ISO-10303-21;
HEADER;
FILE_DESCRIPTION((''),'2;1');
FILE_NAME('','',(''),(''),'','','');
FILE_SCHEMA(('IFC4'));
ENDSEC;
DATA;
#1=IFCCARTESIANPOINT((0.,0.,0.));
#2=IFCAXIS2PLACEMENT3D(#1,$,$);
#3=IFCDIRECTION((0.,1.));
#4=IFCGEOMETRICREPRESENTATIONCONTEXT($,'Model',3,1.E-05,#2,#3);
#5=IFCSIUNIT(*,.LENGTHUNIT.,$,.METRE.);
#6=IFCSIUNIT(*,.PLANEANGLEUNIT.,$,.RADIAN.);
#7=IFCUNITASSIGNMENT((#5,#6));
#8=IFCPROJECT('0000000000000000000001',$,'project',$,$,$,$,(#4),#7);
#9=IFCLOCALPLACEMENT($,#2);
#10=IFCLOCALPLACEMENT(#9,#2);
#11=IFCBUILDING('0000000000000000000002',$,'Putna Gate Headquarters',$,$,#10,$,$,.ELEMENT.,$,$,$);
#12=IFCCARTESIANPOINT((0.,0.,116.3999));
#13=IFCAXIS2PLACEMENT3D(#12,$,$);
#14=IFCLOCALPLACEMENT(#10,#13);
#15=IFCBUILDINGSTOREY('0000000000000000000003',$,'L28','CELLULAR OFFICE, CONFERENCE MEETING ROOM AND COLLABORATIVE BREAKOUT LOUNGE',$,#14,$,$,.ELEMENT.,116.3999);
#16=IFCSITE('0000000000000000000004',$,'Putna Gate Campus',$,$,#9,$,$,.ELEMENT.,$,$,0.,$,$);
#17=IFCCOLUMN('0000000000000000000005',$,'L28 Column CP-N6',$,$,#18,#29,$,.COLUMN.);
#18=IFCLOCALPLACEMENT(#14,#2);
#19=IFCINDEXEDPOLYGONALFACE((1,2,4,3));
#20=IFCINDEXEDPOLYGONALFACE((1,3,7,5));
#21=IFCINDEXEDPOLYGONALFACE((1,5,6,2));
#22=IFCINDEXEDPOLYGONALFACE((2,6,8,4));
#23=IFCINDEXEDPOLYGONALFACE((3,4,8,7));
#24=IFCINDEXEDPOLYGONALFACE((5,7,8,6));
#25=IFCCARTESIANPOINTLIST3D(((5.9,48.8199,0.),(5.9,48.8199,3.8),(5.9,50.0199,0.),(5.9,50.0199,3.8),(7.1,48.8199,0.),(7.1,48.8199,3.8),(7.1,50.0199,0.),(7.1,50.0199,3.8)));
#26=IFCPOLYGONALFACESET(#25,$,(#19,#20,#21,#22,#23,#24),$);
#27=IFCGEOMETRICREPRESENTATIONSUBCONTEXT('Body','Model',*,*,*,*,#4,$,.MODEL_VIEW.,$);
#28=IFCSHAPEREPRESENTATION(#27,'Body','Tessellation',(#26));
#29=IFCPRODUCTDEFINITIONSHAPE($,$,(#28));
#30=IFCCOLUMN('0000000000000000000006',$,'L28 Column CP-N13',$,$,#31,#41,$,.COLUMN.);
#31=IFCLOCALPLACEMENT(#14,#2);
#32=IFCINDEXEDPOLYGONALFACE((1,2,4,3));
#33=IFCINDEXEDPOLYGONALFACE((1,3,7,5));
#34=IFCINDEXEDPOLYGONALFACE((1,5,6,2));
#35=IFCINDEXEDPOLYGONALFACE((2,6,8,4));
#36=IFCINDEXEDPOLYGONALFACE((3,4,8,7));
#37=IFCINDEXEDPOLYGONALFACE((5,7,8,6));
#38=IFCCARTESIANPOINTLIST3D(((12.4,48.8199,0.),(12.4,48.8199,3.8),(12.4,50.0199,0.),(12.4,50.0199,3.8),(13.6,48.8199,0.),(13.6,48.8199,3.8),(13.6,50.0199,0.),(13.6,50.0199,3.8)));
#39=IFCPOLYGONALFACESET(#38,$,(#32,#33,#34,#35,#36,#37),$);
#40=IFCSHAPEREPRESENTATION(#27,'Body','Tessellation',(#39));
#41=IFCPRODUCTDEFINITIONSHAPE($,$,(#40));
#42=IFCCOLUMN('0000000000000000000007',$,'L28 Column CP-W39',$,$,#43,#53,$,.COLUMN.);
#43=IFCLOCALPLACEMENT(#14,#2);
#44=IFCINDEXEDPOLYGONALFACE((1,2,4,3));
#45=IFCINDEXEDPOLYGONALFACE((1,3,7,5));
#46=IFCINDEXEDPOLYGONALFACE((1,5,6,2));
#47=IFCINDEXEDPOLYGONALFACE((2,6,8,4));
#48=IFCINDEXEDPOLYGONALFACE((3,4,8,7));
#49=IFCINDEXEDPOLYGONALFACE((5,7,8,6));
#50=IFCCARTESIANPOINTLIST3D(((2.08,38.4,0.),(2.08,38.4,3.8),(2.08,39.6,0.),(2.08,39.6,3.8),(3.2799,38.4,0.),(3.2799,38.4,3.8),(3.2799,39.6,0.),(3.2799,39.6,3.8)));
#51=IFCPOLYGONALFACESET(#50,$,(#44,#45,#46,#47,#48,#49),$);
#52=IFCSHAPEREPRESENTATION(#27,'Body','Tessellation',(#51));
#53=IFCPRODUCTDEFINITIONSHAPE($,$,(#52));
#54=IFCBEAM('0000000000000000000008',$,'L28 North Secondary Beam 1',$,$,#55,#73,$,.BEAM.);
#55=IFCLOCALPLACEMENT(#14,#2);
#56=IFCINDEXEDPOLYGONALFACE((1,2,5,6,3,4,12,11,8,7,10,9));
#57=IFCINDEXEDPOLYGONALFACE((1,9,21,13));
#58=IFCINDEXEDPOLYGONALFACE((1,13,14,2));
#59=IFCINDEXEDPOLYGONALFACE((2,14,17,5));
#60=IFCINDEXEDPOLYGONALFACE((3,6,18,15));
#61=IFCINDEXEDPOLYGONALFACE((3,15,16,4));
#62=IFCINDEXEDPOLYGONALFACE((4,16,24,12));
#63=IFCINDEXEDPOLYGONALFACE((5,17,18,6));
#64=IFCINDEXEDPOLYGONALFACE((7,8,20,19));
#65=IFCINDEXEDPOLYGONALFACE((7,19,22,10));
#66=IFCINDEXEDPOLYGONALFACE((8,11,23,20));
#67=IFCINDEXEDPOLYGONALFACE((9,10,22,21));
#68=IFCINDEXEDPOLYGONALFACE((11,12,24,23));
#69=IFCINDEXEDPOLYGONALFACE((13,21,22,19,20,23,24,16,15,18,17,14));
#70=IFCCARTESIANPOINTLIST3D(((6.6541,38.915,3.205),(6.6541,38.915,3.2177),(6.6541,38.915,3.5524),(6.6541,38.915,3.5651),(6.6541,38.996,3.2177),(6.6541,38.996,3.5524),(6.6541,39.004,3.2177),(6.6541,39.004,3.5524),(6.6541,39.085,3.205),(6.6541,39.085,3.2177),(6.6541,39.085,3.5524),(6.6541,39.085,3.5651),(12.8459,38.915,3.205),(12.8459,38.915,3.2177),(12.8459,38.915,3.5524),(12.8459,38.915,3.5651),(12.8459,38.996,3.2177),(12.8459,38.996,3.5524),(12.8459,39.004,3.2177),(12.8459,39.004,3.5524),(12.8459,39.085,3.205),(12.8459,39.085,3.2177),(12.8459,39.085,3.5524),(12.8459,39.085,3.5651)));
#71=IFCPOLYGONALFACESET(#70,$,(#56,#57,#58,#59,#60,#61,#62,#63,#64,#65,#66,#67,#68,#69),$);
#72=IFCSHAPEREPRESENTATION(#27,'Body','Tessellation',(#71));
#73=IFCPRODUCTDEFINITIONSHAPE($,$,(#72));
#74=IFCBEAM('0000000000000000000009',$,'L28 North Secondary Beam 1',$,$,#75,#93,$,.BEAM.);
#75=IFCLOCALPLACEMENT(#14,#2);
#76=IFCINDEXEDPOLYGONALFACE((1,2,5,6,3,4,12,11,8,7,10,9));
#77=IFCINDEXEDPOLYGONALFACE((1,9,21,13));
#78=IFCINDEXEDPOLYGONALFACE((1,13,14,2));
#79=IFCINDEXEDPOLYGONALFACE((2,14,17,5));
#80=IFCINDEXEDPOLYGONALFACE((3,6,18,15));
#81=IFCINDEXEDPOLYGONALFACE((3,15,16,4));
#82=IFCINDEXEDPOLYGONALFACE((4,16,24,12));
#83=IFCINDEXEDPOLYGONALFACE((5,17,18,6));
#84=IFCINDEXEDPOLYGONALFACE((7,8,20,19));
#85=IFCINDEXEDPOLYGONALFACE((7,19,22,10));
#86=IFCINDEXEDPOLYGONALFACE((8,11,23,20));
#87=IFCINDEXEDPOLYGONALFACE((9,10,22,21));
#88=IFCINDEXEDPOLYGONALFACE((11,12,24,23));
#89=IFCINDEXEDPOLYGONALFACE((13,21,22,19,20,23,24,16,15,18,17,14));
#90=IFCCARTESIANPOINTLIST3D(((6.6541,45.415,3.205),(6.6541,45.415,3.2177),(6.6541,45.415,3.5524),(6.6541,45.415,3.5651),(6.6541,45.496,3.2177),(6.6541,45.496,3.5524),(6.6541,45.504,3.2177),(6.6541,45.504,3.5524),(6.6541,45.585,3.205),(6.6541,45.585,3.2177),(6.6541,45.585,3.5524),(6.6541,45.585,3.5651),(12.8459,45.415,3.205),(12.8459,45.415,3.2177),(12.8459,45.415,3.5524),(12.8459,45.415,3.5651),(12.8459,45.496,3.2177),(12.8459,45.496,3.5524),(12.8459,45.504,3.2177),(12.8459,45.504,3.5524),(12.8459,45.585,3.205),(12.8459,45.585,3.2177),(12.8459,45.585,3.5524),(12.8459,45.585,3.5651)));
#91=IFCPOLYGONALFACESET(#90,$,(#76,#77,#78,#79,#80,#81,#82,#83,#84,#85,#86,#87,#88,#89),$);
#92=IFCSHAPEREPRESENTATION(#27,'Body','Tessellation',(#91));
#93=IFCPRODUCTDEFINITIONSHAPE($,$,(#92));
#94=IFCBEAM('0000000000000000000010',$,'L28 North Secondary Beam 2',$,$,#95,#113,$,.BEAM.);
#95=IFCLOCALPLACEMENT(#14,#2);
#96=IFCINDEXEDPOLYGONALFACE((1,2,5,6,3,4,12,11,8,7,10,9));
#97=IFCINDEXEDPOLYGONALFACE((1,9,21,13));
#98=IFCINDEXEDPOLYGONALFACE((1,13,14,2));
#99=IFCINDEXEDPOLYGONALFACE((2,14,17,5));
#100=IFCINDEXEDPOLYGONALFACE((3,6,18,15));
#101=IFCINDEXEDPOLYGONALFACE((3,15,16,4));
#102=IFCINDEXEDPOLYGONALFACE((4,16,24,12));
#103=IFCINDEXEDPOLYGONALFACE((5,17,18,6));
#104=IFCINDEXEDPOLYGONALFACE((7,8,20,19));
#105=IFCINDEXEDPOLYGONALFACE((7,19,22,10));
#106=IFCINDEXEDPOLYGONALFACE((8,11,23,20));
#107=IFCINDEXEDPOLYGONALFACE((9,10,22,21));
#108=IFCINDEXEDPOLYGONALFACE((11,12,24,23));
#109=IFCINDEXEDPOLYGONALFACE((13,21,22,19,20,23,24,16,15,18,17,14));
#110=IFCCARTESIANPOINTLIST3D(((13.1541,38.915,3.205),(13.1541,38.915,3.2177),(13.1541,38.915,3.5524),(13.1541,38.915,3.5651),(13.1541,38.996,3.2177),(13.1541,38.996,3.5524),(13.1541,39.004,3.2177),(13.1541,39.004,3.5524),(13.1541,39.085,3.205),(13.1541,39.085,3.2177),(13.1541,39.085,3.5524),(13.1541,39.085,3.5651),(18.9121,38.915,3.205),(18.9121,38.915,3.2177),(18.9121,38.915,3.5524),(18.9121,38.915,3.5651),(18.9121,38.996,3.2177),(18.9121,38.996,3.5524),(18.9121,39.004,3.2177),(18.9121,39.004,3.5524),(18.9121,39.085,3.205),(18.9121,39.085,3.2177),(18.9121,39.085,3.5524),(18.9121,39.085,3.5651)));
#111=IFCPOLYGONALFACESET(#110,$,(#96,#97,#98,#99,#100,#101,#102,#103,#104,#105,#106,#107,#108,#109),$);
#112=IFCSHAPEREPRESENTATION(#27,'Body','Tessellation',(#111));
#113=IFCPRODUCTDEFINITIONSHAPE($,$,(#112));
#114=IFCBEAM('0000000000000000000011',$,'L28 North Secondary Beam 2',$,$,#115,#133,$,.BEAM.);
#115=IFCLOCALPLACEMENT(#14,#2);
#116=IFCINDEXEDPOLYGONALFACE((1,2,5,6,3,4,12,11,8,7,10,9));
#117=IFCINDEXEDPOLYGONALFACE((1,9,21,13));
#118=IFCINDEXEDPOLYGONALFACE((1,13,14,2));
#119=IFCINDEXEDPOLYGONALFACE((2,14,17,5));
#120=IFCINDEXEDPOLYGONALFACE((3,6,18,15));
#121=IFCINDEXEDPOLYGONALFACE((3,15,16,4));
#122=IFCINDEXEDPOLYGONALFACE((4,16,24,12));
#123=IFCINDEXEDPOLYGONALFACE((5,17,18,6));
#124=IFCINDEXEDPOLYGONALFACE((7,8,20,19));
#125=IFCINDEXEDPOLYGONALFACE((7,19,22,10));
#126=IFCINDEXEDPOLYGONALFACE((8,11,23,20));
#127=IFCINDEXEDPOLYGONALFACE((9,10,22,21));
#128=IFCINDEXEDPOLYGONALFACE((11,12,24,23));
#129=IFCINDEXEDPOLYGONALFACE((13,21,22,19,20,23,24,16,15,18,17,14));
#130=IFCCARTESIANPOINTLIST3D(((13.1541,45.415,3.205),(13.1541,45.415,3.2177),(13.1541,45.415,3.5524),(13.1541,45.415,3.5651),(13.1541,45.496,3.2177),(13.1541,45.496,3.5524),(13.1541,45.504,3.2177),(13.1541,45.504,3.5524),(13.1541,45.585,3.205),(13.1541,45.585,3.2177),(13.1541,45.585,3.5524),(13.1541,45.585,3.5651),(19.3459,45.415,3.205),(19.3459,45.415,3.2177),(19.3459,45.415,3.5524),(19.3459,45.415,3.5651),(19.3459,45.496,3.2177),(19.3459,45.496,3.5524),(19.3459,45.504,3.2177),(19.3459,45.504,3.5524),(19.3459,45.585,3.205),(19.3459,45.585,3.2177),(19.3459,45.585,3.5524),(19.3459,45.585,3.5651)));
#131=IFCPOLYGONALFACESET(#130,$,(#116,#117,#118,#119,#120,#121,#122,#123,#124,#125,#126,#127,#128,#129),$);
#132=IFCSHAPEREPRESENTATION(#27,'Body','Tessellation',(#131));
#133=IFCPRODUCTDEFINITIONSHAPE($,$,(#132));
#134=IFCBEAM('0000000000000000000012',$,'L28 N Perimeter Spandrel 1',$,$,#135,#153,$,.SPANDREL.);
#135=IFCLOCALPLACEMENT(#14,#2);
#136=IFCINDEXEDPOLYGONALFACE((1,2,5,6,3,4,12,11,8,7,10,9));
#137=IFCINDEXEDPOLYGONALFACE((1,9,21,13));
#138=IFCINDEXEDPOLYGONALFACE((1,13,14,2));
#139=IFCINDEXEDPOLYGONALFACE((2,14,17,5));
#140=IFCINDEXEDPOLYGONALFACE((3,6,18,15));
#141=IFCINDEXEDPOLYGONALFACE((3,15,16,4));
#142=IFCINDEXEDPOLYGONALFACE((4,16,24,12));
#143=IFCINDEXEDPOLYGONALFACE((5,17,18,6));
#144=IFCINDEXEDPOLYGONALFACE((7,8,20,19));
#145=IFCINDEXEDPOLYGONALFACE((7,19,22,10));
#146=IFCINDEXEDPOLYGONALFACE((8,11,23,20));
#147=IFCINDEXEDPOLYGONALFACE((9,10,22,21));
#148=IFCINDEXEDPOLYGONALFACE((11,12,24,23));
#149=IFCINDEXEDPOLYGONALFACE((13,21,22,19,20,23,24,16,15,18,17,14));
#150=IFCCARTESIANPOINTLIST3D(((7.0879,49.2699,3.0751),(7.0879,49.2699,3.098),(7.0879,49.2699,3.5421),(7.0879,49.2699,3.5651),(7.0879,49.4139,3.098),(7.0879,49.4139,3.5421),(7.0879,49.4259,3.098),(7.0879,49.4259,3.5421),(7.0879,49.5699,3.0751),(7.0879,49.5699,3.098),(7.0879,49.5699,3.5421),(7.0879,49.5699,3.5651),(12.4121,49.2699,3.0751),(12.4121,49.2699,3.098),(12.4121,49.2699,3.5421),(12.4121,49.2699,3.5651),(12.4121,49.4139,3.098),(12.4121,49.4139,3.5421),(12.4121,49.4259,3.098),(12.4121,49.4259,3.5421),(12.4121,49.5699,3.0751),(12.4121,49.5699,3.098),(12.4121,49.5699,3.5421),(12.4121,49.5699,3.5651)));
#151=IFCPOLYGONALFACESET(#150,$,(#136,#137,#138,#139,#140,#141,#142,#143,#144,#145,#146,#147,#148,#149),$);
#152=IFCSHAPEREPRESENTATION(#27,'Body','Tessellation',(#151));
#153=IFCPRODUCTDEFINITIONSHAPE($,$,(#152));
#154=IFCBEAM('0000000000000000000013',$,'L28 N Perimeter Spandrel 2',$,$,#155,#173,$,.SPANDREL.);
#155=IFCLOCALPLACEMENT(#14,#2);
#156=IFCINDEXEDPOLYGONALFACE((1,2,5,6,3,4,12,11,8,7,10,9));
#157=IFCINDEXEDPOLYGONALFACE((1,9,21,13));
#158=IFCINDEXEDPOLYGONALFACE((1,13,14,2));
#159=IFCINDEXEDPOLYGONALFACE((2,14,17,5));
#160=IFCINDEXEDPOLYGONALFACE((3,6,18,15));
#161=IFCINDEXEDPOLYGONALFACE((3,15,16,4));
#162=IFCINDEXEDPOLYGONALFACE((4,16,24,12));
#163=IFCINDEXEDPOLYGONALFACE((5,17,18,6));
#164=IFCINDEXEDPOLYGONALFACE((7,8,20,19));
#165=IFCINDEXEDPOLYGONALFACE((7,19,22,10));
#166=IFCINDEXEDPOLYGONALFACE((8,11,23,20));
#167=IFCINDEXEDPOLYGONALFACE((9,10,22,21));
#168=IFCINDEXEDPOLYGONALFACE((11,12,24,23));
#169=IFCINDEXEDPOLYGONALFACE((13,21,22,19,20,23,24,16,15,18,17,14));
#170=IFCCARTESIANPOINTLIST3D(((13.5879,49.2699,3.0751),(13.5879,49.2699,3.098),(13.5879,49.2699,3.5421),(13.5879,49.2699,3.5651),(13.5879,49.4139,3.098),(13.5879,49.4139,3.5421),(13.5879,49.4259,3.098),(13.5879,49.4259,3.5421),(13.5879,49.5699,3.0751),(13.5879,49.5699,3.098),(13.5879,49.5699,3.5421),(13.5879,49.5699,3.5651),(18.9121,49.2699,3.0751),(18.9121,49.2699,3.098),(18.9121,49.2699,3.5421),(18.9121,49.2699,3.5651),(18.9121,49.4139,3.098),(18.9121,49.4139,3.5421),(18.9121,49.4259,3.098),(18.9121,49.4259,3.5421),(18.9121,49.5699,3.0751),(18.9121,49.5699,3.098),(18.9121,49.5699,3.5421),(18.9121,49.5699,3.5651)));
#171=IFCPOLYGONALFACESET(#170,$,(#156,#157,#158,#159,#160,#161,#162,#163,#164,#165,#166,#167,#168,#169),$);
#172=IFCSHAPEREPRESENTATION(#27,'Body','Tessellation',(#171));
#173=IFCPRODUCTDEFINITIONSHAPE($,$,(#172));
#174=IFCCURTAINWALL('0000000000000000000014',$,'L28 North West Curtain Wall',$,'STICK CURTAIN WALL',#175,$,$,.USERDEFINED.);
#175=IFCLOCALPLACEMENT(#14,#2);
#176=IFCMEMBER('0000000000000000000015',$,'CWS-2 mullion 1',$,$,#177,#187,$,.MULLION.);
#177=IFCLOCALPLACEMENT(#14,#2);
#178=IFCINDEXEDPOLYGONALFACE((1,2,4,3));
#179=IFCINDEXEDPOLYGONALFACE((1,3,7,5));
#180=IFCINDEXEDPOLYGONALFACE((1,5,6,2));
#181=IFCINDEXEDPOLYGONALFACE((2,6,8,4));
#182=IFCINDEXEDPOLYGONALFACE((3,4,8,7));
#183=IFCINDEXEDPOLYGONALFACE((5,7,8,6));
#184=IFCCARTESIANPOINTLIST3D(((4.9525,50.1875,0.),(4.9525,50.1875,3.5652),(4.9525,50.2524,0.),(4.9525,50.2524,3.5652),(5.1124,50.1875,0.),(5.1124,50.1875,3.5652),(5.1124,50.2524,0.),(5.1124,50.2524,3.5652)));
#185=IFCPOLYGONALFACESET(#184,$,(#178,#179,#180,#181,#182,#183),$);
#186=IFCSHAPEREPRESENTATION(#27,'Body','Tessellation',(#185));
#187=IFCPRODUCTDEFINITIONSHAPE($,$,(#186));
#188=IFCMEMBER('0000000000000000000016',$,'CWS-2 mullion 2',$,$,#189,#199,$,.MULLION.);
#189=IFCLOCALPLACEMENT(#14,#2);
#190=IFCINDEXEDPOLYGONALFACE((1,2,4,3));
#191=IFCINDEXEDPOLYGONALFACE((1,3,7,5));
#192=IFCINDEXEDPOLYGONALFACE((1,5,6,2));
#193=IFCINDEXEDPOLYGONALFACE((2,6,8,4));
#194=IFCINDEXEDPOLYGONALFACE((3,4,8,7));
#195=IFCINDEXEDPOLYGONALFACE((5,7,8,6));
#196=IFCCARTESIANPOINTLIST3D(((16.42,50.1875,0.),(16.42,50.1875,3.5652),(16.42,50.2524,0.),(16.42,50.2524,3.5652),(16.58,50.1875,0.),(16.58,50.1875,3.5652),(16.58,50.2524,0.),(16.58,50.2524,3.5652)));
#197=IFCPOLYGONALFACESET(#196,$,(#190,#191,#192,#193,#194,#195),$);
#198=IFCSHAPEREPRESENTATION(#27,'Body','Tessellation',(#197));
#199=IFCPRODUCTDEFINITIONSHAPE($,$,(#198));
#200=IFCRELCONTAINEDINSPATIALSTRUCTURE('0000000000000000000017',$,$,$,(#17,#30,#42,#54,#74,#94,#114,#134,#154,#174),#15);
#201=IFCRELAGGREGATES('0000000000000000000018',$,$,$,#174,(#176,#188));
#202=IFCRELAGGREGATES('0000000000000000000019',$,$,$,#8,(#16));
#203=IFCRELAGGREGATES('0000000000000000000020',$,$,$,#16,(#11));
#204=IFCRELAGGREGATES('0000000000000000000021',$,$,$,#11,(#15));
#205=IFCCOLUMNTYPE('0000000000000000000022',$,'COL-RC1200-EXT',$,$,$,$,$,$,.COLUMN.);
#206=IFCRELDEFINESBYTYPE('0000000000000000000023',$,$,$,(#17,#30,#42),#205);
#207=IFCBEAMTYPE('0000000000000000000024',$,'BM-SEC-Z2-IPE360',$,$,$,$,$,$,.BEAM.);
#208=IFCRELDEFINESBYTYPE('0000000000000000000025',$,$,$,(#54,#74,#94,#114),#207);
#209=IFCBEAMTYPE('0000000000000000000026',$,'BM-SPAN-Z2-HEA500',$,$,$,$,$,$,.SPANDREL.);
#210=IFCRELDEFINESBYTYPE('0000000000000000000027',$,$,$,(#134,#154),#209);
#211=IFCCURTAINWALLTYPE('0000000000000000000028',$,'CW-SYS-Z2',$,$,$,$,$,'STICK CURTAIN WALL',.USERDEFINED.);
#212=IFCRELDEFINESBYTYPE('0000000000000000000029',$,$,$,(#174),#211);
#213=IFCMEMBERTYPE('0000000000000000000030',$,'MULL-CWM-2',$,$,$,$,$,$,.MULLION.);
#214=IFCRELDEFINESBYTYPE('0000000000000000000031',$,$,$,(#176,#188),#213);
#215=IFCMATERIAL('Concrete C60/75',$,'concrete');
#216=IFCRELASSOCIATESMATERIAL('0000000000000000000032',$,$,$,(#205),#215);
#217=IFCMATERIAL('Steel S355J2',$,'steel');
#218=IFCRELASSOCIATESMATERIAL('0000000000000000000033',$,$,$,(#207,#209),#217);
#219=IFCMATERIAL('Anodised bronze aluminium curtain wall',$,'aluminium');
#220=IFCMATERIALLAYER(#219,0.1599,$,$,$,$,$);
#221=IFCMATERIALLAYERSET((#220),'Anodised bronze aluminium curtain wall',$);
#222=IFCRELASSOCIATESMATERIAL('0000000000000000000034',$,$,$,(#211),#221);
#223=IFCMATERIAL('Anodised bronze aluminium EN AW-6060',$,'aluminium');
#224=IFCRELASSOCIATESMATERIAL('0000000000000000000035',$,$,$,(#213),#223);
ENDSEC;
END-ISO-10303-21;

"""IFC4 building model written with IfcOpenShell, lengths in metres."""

from ifc_helpers import new_model, si_unit, direction, frame, origin, origin_2d, place, context, subcontext, project, spatial, rectangle, i_section, extrude, material, layer, layer_set, material_profile, profile_set, type_object, element, aggregate, save


model = new_model("IFC4")

# Units and contexts
model_context = context("Model", 3, precision=1e-05, world=origin(), true_north=direction((0.0, 1.0)))
body_context = subcontext(model_context, "Body", "Model", "MODEL_VIEW")
ifc_project = project(units=[si_unit("LENGTHUNIT", "METRE"), si_unit("PLANEANGLEUNIT", "RADIAN")], contexts=[model_context])

# Site, building, storey
site_placement = place(None, origin())
site = spatial("IfcSite", under=ifc_project, at=site_placement, Name="Putna Gate Campus", CompositionType="ELEMENT", RefElevation=0.0)
building_placement = place(site_placement, origin())
building = spatial("IfcBuilding", under=site, at=building_placement, Name="Putna Gate Headquarters", CompositionType="ELEMENT")
storey_placement = place(building_placement, frame((0.0, 0.0, 116.3999)))
storey = spatial("IfcBuildingStorey", under=building, at=storey_placement, Name="L28", Description="CELLULAR OFFICE, CONFERENCE MEETING ROOM AND COLLABORATIVE BREAKOUT LOUNGE", CompositionType="ELEMENT", Elevation=116.3999)

# Columns
ifc_material_1 = material(Name="Concrete C60/75", Category="concrete")
ifc_material_profile_1 = material_profile(ifc_material_1, rectangle(XDim=1.2, YDim=1.2, at=origin_2d()), Name="Concrete C60/75")
ifc_profile_set_1 = profile_set([ifc_material_profile_1], Name="Concrete C60/75")
column_type = type_object("IfcColumnType", Name="COL-RC1200-EXT", PredefinedType="COLUMN", material=ifc_profile_set_1)
for number, where, z_axis, x_axis, name in (
    (1, (6.5, 49.4199, 0.0), (0.0, 0.0, 1.0), (1.0, 0.0, 0.0), "L28 Column CP-N6"),
    (2, (13.0, 49.4199, 0.0), (0.0, 0.0, 1.0), (1.0, 0.0, 0.0), "L28 Column CP-N13"),
    (3, (2.6799, 39.0, 0.0), (0.0, 0.0, 1.0), (1.0, 0.0, 0.0), "L28 Column CP-W39"),
):
    element("IfcColumn", number, at=place(storey_placement, frame(where, z_axis=z_axis, x_axis=x_axis)), inside=storey, type_object=column_type, Name=name, PredefinedType="COLUMN", context=body_context, shape_type="SweptSolid", body=[
        extrude(rectangle(XDim=1.2, YDim=1.2, at=origin_2d()), origin(), (0.0, 0.0, 1.0), 3.8),
    ])

# Beams
ifc_material_2 = material(Name="Steel S355J2", Category="steel")
ifc_material_profile_2 = material_profile(ifc_material_2, i_section(OverallWidth=0.1699, OverallDepth=0.3601, WebThickness=0.0081, FlangeThickness=0.0127, at=origin_2d()), Name="Steel S355J2")
ifc_profile_set_2 = profile_set([ifc_material_profile_2], Name="Steel S355J2")
beam_type_1 = type_object("IfcBeamType", Name="BM-SEC-Z2-IPE360", PredefinedType="BEAM", material=ifc_profile_set_2)
for number, where, z_axis, x_axis, name in (
    (4, (6.6541, 39.0, 3.385), (1.0, 0.0, 0.0), (0.0, 1.0, 0.0), "L28 North Secondary Beam 1"),
    (5, (6.6541, 45.5, 3.385), (1.0, 0.0, 0.0), (0.0, 1.0, 0.0), "L28 North Secondary Beam 1"),
):
    element("IfcBeam", number, at=place(storey_placement, frame(where, z_axis=z_axis, x_axis=x_axis)), inside=storey, type_object=beam_type_1, Name=name, PredefinedType="BEAM", context=body_context, shape_type="SweptSolid", body=[
        extrude(i_section(OverallWidth=0.1699, OverallDepth=0.3601, WebThickness=0.0081, FlangeThickness=0.0127, at=origin_2d()), origin(), (0.0, 0.0, 1.0), 6.1919),
    ])
beam_1_placement = place(storey_placement, frame((13.1541, 39.0, 3.385), z_axis=(1.0, 0.0, 0.0), x_axis=(0.0, 1.0, 0.0)))
element("IfcBeam", 6, at=beam_1_placement, inside=storey, type_object=beam_type_1, Name="L28 North Secondary Beam 2", PredefinedType="BEAM", context=body_context, shape_type="SweptSolid", body=[
    extrude(i_section(OverallWidth=0.1699, OverallDepth=0.3601, WebThickness=0.0081, FlangeThickness=0.0127, at=origin_2d()), origin(), (0.0, 0.0, 1.0), 5.7581),
])
beam_2_placement = place(storey_placement, frame((13.1541, 45.5, 3.385), z_axis=(1.0, 0.0, 0.0), x_axis=(0.0, 1.0, 0.0)))
element("IfcBeam", 7, at=beam_2_placement, inside=storey, type_object=beam_type_1, Name="L28 North Secondary Beam 2", PredefinedType="BEAM", context=body_context, shape_type="SweptSolid", body=[
    extrude(i_section(OverallWidth=0.1699, OverallDepth=0.3601, WebThickness=0.0081, FlangeThickness=0.0127, at=origin_2d()), origin(), (0.0, 0.0, 1.0), 6.1919),
])
ifc_material_profile_3 = material_profile(ifc_material_2, i_section(OverallWidth=0.3, OverallDepth=0.49, WebThickness=0.012, FlangeThickness=0.0229, at=origin_2d()), Name="Steel S355J2")
ifc_profile_set_3 = profile_set([ifc_material_profile_3], Name="Steel S355J2")
beam_type_2 = type_object("IfcBeamType", Name="BM-SPAN-Z2-HEA500", PredefinedType="SPANDREL", material=ifc_profile_set_3)
for number, where, z_axis, x_axis, name in (
    (8, (7.0879, 49.4199, 3.3201), (1.0, 0.0, 0.0), (0.0, 1.0, 0.0), "L28 N Perimeter Spandrel 1"),
    (9, (13.5879, 49.4199, 3.3201), (1.0, 0.0, 0.0), (0.0, 1.0, 0.0), "L28 N Perimeter Spandrel 2"),
):
    element("IfcBeam", number, at=place(storey_placement, frame(where, z_axis=z_axis, x_axis=x_axis)), inside=storey, type_object=beam_type_2, Name=name, PredefinedType="SPANDREL", context=body_context, shape_type="SweptSolid", body=[
        extrude(i_section(OverallWidth=0.3, OverallDepth=0.49, WebThickness=0.012, FlangeThickness=0.0229, at=origin_2d()), origin(), (0.0, 0.0, 1.0), 5.3242),
    ])

# Curtain wall, members
ifc_material_3 = material(Name="Anodised bronze aluminium curtain wall", Category="aluminium")
ifc_layer_1 = layer(ifc_material_3, 0.1599)
ifc_layer_set_1 = layer_set([ifc_layer_1], Name="Anodised bronze aluminium curtain wall")
curtain_wall_type = type_object("IfcCurtainWallType", Name="CW-SYS-Z2", ElementType="STICK CURTAIN WALL", PredefinedType="USERDEFINED", material=ifc_layer_set_1)
curtain_wall_1_placement = place(storey_placement, origin())
curtain_wall_1 = element("IfcCurtainWall", 10, at=curtain_wall_1_placement, inside=storey, type_object=curtain_wall_type, Name="L28 North West Curtain Wall", ObjectType="STICK CURTAIN WALL", PredefinedType="USERDEFINED")
ifc_material_4 = material(Name="Anodised bronze aluminium EN AW-6060", Category="aluminium")
ifc_material_profile_4 = material_profile(ifc_material_4, rectangle(XDim=0.0649, YDim=0.1599, at=origin_2d()), Name="Anodised bronze aluminium EN AW-6060")
ifc_profile_set_4 = profile_set([ifc_material_profile_4], Name="Anodised bronze aluminium EN AW-6060")
member_type_1 = type_object("IfcMemberType", Name="MULL-CWM-2", PredefinedType="MULLION", material=ifc_profile_set_4)
member_1_placement = place(storey_placement, frame((5.0325, 50.22, 0.0), z_axis=(0.0, 0.0, 1.0), x_axis=(0.0, 1.0, 0.0)))
member_1 = element("IfcMember", 11, at=member_1_placement, type_object=member_type_1, Name="CWS-2 mullion 1", PredefinedType="MULLION", context=body_context, shape_type="SweptSolid", body=[
    extrude(rectangle(XDim=0.0649, YDim=0.1599, at=origin_2d()), origin(), (0.0, 0.0, 1.0), 3.5652),
])
member_2_placement = place(storey_placement, frame((16.5, 50.22, 0.0), z_axis=(0.0, 0.0, 1.0), x_axis=(0.0, 1.0, 0.0)))
member_2 = element("IfcMember", 12, at=member_2_placement, type_object=member_type_1, Name="CWS-2 mullion 2", PredefinedType="MULLION", context=body_context, shape_type="SweptSolid", body=[
    extrude(rectangle(XDim=0.0649, YDim=0.1599, at=origin_2d()), origin(), (0.0, 0.0, 1.0), 3.5652),
])

aggregate(curtain_wall_1, [member_1, member_2])

save(model, "model.ifc")
